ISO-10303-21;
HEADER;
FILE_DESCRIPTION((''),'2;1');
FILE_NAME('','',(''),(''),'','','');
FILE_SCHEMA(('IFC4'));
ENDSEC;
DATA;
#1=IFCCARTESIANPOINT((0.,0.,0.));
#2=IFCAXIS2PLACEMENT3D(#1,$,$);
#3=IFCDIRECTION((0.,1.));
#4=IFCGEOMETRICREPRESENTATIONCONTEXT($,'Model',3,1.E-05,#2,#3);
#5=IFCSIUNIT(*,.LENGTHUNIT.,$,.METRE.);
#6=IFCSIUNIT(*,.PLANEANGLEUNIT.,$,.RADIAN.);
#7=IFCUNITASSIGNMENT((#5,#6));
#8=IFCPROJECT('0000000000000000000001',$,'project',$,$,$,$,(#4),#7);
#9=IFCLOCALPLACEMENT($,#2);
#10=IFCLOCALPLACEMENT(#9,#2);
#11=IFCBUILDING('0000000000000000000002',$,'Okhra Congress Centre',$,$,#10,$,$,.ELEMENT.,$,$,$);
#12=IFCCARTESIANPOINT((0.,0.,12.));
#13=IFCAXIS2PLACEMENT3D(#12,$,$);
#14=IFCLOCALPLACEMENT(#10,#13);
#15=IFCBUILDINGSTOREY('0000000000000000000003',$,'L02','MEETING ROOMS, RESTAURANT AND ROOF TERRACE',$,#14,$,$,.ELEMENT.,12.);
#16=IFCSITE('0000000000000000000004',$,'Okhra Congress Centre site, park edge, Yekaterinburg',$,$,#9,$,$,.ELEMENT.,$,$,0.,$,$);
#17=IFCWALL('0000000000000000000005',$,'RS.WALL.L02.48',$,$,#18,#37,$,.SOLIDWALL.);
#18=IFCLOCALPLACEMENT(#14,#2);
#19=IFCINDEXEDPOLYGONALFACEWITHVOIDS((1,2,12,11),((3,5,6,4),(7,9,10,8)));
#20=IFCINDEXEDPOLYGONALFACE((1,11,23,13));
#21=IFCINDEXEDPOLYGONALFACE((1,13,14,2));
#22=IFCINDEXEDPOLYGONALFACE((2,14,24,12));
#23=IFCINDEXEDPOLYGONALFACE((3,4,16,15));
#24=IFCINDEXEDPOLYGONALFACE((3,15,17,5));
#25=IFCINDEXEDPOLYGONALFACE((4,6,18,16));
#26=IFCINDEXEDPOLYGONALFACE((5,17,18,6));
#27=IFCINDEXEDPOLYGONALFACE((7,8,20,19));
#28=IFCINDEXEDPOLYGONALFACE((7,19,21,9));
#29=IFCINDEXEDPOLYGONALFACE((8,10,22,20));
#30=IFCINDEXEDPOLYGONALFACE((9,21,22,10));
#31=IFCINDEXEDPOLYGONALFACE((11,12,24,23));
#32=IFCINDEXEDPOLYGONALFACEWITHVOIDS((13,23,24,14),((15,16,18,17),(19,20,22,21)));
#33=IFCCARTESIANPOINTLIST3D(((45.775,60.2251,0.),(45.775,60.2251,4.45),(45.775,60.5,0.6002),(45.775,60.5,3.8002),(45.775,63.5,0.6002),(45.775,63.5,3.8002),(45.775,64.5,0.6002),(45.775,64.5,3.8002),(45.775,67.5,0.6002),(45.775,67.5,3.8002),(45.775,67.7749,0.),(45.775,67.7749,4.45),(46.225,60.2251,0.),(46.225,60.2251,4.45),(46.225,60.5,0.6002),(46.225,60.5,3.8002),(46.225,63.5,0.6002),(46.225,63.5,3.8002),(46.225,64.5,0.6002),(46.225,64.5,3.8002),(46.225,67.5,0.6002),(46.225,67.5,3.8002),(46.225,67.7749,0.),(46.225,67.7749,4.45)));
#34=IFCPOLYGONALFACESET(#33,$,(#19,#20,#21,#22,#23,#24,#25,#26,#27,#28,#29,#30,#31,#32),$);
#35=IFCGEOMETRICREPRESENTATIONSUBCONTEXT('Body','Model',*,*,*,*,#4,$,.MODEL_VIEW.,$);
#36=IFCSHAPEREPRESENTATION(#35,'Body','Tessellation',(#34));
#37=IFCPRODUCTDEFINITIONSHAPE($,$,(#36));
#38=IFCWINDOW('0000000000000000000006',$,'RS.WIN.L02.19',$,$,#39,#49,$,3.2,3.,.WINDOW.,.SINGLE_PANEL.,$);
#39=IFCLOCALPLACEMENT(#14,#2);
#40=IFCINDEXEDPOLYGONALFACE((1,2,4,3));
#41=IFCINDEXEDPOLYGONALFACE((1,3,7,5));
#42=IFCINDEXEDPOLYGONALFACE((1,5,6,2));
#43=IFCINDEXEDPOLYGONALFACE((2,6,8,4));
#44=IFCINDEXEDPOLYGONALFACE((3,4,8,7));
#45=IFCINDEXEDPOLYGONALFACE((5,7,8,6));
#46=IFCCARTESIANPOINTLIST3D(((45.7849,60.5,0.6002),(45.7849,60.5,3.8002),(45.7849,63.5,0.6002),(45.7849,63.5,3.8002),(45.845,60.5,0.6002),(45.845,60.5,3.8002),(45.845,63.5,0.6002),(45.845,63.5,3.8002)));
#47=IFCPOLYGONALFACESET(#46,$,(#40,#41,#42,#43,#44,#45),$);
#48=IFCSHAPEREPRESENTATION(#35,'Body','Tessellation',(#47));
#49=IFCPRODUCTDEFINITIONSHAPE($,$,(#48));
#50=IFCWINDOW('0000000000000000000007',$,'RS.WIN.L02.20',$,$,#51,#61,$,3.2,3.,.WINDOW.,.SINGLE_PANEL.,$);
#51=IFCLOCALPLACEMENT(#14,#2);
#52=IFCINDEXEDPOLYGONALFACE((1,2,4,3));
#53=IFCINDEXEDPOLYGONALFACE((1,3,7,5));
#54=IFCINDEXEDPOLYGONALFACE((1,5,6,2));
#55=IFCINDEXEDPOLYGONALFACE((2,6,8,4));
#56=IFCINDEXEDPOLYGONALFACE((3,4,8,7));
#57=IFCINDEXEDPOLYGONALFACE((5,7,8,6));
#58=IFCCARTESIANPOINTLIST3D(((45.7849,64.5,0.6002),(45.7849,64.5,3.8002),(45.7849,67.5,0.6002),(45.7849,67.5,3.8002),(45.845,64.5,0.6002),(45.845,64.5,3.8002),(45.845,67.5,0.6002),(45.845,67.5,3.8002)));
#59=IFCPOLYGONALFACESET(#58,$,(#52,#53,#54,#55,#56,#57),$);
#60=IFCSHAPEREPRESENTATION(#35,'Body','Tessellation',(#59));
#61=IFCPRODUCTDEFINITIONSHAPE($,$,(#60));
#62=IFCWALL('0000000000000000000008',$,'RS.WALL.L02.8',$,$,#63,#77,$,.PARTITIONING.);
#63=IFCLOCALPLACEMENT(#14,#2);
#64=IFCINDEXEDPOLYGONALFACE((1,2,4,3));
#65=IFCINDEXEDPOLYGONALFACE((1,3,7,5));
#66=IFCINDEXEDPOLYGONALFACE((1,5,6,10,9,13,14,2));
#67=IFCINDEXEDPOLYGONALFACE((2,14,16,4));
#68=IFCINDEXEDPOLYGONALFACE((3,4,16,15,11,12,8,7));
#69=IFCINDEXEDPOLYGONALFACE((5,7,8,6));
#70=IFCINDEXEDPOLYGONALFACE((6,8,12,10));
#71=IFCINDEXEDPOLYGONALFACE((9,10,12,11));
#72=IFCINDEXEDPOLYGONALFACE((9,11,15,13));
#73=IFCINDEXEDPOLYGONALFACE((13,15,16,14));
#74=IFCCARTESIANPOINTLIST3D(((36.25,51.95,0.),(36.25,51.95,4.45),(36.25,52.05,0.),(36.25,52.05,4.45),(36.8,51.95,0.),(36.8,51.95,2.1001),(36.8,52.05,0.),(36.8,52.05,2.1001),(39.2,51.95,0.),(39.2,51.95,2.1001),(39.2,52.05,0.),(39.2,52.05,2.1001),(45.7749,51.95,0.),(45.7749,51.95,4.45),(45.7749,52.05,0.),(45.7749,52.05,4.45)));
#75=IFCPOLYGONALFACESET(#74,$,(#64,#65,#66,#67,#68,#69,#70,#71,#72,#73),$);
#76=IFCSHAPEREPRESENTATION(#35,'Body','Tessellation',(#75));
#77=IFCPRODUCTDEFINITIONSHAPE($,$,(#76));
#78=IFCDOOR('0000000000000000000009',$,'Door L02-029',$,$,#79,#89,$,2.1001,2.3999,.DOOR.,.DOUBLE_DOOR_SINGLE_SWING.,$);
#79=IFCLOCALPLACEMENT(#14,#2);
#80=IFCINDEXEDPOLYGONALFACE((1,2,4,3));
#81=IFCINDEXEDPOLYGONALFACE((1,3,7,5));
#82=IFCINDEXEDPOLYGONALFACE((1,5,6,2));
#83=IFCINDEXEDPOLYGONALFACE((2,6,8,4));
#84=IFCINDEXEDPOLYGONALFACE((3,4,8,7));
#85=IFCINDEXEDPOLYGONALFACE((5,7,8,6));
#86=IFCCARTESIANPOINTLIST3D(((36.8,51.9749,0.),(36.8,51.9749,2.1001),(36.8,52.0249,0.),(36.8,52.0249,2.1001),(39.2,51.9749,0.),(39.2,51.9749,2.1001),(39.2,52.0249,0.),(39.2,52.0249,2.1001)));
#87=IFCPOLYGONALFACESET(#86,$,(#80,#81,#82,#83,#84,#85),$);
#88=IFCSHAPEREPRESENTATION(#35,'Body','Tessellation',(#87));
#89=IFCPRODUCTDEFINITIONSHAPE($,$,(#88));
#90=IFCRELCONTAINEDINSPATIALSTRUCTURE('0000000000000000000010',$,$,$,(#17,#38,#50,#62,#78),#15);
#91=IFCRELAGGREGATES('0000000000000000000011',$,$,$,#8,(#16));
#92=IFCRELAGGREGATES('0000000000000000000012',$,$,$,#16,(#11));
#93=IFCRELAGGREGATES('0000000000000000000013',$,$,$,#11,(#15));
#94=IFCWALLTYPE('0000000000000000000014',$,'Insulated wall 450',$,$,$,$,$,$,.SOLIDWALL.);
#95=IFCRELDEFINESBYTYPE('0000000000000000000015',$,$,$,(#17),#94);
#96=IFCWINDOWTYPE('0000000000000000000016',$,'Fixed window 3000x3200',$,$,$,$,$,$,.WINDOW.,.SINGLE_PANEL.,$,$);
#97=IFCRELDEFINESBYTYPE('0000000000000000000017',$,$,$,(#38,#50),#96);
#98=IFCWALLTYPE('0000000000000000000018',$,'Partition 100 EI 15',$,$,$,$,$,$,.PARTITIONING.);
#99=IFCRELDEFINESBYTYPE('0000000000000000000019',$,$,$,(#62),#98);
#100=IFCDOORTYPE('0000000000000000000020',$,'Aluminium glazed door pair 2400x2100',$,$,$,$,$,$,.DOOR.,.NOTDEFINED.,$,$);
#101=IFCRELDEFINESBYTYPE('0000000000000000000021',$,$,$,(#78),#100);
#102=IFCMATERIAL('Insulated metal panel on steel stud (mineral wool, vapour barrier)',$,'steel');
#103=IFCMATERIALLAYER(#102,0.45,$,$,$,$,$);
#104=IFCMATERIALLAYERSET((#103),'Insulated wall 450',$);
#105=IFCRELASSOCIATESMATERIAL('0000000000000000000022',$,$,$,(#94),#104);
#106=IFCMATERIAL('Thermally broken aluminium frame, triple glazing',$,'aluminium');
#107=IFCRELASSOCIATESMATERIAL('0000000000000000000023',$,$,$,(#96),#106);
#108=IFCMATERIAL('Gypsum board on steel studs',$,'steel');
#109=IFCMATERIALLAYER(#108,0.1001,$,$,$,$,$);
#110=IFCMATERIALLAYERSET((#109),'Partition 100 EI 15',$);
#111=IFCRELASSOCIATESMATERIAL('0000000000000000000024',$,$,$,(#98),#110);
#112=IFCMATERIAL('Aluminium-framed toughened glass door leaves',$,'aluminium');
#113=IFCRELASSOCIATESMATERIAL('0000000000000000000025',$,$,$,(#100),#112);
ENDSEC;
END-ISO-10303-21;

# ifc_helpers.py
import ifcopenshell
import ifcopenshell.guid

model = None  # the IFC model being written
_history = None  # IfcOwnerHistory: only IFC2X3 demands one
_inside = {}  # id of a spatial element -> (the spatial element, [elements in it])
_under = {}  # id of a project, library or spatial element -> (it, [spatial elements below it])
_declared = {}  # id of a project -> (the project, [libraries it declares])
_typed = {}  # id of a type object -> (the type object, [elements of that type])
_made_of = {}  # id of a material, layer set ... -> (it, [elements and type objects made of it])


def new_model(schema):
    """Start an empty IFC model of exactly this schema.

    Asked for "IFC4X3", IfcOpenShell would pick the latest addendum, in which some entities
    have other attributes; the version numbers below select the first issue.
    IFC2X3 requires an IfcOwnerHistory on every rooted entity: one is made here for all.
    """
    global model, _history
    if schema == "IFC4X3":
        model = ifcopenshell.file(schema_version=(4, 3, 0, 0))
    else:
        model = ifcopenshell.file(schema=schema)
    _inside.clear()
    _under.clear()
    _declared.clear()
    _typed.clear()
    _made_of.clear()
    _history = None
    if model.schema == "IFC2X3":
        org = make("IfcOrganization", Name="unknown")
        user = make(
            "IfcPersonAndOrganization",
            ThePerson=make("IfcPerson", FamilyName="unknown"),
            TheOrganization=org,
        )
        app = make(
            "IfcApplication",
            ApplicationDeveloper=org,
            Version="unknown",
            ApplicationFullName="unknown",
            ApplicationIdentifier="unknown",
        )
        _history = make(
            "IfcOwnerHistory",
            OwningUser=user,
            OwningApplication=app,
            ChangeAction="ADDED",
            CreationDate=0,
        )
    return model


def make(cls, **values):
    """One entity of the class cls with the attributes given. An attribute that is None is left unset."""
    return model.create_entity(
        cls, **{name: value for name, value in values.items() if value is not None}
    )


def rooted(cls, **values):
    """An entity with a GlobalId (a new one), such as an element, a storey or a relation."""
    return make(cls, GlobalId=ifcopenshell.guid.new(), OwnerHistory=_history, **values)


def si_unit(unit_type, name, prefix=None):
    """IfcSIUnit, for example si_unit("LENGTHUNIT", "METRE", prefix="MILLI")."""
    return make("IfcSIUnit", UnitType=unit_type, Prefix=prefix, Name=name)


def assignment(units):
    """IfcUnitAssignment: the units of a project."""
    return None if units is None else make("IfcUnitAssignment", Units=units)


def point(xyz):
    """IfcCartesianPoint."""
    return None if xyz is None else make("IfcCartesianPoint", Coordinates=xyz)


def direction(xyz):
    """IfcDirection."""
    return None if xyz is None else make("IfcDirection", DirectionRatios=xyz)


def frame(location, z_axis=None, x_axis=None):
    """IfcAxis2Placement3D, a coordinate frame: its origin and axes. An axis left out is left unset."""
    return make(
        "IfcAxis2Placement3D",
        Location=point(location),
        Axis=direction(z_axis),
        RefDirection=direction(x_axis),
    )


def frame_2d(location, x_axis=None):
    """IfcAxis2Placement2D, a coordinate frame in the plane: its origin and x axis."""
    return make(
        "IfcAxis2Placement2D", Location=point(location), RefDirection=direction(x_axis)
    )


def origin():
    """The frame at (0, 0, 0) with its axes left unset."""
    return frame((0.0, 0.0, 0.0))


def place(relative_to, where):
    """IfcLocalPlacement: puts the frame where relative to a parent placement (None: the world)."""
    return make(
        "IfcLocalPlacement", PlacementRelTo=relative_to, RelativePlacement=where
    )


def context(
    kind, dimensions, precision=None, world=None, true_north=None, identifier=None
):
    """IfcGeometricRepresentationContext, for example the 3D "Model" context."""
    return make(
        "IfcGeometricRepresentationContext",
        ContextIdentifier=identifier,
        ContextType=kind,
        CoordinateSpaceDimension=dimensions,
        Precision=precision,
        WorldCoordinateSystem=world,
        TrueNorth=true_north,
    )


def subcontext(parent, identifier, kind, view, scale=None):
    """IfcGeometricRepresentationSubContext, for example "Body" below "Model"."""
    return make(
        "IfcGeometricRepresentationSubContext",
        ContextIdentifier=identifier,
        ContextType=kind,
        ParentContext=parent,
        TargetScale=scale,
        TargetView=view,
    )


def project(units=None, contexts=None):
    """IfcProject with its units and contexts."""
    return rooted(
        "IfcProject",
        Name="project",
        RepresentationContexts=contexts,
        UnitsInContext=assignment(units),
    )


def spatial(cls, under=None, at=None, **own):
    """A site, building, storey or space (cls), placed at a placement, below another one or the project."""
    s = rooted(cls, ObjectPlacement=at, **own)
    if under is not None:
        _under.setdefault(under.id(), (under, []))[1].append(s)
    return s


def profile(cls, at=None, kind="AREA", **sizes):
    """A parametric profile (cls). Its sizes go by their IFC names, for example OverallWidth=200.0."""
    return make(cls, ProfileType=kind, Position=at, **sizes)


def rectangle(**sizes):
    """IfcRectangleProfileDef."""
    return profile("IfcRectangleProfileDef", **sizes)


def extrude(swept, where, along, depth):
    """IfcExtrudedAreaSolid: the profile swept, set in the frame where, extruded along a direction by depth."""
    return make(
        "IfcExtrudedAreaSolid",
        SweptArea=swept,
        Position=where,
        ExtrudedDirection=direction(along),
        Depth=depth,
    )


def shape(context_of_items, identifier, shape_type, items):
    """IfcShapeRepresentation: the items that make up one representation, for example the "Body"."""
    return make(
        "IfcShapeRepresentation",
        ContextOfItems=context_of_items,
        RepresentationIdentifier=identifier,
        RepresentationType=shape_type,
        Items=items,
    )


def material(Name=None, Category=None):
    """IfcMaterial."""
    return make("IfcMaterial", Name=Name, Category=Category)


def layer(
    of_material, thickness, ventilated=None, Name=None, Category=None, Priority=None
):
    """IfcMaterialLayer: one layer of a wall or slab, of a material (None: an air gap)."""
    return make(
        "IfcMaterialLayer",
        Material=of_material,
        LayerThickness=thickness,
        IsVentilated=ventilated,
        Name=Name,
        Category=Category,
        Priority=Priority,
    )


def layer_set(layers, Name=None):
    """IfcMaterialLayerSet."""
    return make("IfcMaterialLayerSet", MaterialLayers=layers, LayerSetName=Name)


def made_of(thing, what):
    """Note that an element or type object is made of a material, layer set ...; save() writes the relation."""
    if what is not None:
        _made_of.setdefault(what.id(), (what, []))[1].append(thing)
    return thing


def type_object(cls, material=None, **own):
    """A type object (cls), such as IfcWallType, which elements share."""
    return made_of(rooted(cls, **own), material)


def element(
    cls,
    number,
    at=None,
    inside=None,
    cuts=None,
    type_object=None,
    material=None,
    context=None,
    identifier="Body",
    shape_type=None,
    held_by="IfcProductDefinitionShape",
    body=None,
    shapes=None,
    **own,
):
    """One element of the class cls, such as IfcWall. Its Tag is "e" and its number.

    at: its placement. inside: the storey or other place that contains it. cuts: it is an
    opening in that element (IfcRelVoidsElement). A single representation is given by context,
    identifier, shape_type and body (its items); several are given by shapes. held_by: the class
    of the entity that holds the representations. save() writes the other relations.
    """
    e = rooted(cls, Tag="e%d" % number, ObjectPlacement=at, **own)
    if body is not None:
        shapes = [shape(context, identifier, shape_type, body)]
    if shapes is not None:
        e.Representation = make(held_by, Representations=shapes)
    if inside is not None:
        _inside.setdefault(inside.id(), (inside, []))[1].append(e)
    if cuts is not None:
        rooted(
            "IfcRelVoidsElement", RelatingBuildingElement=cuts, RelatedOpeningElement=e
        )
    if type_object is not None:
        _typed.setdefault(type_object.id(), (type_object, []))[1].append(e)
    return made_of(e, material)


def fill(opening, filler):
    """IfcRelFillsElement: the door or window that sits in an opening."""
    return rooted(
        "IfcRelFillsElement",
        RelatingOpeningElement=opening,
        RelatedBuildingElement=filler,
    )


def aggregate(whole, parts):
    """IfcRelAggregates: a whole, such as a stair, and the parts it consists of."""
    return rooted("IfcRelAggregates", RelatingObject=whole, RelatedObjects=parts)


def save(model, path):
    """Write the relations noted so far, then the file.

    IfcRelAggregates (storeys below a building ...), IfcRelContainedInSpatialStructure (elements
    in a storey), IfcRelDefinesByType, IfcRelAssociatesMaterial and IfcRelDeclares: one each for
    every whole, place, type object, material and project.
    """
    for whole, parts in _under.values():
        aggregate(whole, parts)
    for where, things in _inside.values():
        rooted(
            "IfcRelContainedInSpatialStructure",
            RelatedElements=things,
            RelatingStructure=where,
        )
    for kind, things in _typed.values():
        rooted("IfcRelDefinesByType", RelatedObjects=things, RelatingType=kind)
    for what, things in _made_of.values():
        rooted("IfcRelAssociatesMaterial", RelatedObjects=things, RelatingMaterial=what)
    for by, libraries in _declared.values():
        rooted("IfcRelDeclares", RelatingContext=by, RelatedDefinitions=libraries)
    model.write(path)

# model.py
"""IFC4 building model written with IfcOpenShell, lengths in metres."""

from ifc_helpers import new_model, si_unit, direction, frame, frame_2d, origin, place, context, subcontext, project, spatial, rectangle, extrude, material, layer, layer_set, type_object, element, fill, save


model = new_model("IFC4")

# Units and contexts
model_context = context("Model", 3, precision=1e-05, world=origin(), true_north=direction((0.0, 1.0)))
body_context = subcontext(model_context, "Body", "Model", "MODEL_VIEW")
ifc_project = project(units=[si_unit("LENGTHUNIT", "METRE"), si_unit("PLANEANGLEUNIT", "RADIAN")], contexts=[model_context])

# Site, building, storey
site_placement = place(None, origin())
site = spatial("IfcSite", under=ifc_project, at=site_placement, Name="Okhra Congress Centre site, park edge, Yekaterinburg", CompositionType="ELEMENT", RefElevation=0.0)
building_placement = place(site_placement, origin())
building = spatial("IfcBuilding", under=site, at=building_placement, Name="Okhra Congress Centre", CompositionType="ELEMENT")
storey_placement = place(building_placement, frame((0.0, 0.0, 12.0)))
storey = spatial("IfcBuildingStorey", under=building, at=storey_placement, Name="L02", Description="MEETING ROOMS, RESTAURANT AND ROOF TERRACE", CompositionType="ELEMENT", Elevation=12.0)

# Wall, openings, windows
ifc_material_1 = material(Name="Insulated metal panel on steel stud (mineral wool, vapour barrier)", Category="steel")
ifc_layer_1 = layer(ifc_material_1, 0.45)
ifc_layer_set_1 = layer_set([ifc_layer_1], Name="Insulated wall 450")
wall_type_1 = type_object("IfcWallType", Name="Insulated wall 450", PredefinedType="SOLIDWALL", material=ifc_layer_set_1)
ifc_material_2 = material(Name="Thermally broken aluminium frame, triple glazing", Category="aluminium")
window_type = type_object("IfcWindowType", Name="Fixed window 3000x3200", PartitioningType="SINGLE_PANEL", PredefinedType="WINDOW", material=ifc_material_2)
wall_1_placement = place(storey_placement, frame((46.0, 60.2251, 0.0), z_axis=(0.0, 0.0, 1.0), x_axis=(0.0, 1.0, 0.0)))
wall_1 = element("IfcWall", 1, at=wall_1_placement, inside=storey, type_object=wall_type_1, Name="RS.WALL.L02.48", PredefinedType="SOLIDWALL", context=body_context, shape_type="SweptSolid", body=[
    extrude(rectangle(XDim=7.5498, YDim=0.45, at=frame_2d((3.7749, 0.0))), origin(), (0.0, 0.0, 1.0), 4.45),
])
opening_1_placement = place(wall_1_placement, frame((0.2749, 0.0, 0.6001)))
opening_1 = element("IfcOpeningElement", 2, at=opening_1_placement, cuts=wall_1, PredefinedType="OPENING", context=body_context, shape_type="SweptSolid", body=[
    extrude(rectangle(XDim=3.0, YDim=3.2, at=frame_2d((1.5, 1.6001))), frame((0.0, 0.2349, 0.0), z_axis=(0.0, -1.0, 0.0), x_axis=(1.0, 0.0, 0.0)), (0.0, 0.0, 1.0), 0.47),
])
opening_2_placement = place(wall_1_placement, frame((4.2749, 0.0, 0.6001)))
opening_2 = element("IfcOpeningElement", 3, at=opening_2_placement, cuts=wall_1, PredefinedType="OPENING", context=body_context, shape_type="SweptSolid", body=[
    extrude(rectangle(XDim=3.0, YDim=3.2, at=frame_2d((1.5, 1.6001))), frame((0.0, 0.2349, 0.0), z_axis=(0.0, -1.0, 0.0), x_axis=(1.0, 0.0, 0.0)), (0.0, 0.0, 1.0), 0.47),
])
window_1_placement = place(opening_1_placement, origin())
window_1 = element("IfcWindow", 4, at=window_1_placement, inside=storey, type_object=window_type, Name="RS.WIN.L02.19", OverallHeight=3.2, OverallWidth=3.0, PartitioningType="SINGLE_PANEL", PredefinedType="WINDOW", context=body_context, shape_type="SweptSolid", body=[
    extrude(rectangle(XDim=3.0, YDim=3.2, at=frame_2d((1.5, 1.6001))), frame((0.0, 0.2151, 0.0), z_axis=(0.0, -1.0, 0.0), x_axis=(1.0, 0.0, 0.0)), (0.0, 0.0, 1.0), 0.0601),
])
fill(opening_1, window_1)
window_2_placement = place(opening_2_placement, origin())
window_2 = element("IfcWindow", 5, at=window_2_placement, inside=storey, type_object=window_type, Name="RS.WIN.L02.20", OverallHeight=3.2, OverallWidth=3.0, PartitioningType="SINGLE_PANEL", PredefinedType="WINDOW", context=body_context, shape_type="SweptSolid", body=[
    extrude(rectangle(XDim=3.0, YDim=3.2, at=frame_2d((1.5, 1.6001))), frame((0.0, 0.2151, 0.0), z_axis=(0.0, -1.0, 0.0), x_axis=(1.0, 0.0, 0.0)), (0.0, 0.0, 1.0), 0.0601),
])
fill(opening_2, window_2)

# Wall, opening, door
ifc_material_3 = material(Name="Gypsum board on steel studs", Category="steel")
ifc_layer_2 = layer(ifc_material_3, 0.1001)
ifc_layer_set_2 = layer_set([ifc_layer_2], Name="Partition 100 EI 15")
wall_type_2 = type_object("IfcWallType", Name="Partition 100 EI 15", PredefinedType="PARTITIONING", material=ifc_layer_set_2)
wall_2_placement = place(storey_placement, frame((36.25, 52.0, 0.0), z_axis=(0.0, 0.0, 1.0), x_axis=(1.0, 0.0, 0.0)))
wall_2 = element("IfcWall", 6, at=wall_2_placement, inside=storey, type_object=wall_type_2, Name="RS.WALL.L02.8", PredefinedType="PARTITIONING", context=body_context, shape_type="SweptSolid", body=[
    extrude(rectangle(XDim=9.5249, YDim=0.1001, at=frame_2d((4.7625, 0.0))), origin(), (0.0, 0.0, 1.0), 4.45),
])
opening_3_placement = place(wall_2_placement, frame((0.55, 0.0, 0.0)))
opening_3 = element("IfcOpeningElement", 7, at=opening_3_placement, cuts=wall_2, PredefinedType="OPENING", context=body_context, shape_type="SweptSolid", body=[
    extrude(rectangle(XDim=2.3999, YDim=2.1001, at=frame_2d((1.2, 1.05))), frame((0.0, 0.0601, 0.0), z_axis=(0.0, -1.0, 0.0), x_axis=(1.0, 0.0, 0.0)), (0.0, 0.0, 1.0), 0.1201),
])
ifc_material_4 = material(Name="Aluminium-framed toughened glass door leaves", Category="aluminium")
door_type = type_object("IfcDoorType", Name="Aluminium glazed door pair 2400x2100", OperationType="NOTDEFINED", PredefinedType="DOOR", material=ifc_material_4)
door_placement = place(opening_3_placement, origin())
door = element("IfcDoor", 8, at=door_placement, inside=storey, type_object=door_type, Name="Door L02-029", OperationType="DOUBLE_DOOR_SINGLE_SWING", OverallHeight=2.1001, OverallWidth=2.3999, PredefinedType="DOOR", context=body_context, shape_type="SweptSolid", body=[
    extrude(rectangle(XDim=2.3999, YDim=2.1001, at=frame_2d((1.2, 1.05))), frame((0.0, 0.0249, 0.0), z_axis=(0.0, -1.0, 0.0), x_axis=(1.0, 0.0, 0.0)), (0.0, 0.0, 1.0), 0.05),
])
fill(opening_3, door)

save(model, "model.ifc")
